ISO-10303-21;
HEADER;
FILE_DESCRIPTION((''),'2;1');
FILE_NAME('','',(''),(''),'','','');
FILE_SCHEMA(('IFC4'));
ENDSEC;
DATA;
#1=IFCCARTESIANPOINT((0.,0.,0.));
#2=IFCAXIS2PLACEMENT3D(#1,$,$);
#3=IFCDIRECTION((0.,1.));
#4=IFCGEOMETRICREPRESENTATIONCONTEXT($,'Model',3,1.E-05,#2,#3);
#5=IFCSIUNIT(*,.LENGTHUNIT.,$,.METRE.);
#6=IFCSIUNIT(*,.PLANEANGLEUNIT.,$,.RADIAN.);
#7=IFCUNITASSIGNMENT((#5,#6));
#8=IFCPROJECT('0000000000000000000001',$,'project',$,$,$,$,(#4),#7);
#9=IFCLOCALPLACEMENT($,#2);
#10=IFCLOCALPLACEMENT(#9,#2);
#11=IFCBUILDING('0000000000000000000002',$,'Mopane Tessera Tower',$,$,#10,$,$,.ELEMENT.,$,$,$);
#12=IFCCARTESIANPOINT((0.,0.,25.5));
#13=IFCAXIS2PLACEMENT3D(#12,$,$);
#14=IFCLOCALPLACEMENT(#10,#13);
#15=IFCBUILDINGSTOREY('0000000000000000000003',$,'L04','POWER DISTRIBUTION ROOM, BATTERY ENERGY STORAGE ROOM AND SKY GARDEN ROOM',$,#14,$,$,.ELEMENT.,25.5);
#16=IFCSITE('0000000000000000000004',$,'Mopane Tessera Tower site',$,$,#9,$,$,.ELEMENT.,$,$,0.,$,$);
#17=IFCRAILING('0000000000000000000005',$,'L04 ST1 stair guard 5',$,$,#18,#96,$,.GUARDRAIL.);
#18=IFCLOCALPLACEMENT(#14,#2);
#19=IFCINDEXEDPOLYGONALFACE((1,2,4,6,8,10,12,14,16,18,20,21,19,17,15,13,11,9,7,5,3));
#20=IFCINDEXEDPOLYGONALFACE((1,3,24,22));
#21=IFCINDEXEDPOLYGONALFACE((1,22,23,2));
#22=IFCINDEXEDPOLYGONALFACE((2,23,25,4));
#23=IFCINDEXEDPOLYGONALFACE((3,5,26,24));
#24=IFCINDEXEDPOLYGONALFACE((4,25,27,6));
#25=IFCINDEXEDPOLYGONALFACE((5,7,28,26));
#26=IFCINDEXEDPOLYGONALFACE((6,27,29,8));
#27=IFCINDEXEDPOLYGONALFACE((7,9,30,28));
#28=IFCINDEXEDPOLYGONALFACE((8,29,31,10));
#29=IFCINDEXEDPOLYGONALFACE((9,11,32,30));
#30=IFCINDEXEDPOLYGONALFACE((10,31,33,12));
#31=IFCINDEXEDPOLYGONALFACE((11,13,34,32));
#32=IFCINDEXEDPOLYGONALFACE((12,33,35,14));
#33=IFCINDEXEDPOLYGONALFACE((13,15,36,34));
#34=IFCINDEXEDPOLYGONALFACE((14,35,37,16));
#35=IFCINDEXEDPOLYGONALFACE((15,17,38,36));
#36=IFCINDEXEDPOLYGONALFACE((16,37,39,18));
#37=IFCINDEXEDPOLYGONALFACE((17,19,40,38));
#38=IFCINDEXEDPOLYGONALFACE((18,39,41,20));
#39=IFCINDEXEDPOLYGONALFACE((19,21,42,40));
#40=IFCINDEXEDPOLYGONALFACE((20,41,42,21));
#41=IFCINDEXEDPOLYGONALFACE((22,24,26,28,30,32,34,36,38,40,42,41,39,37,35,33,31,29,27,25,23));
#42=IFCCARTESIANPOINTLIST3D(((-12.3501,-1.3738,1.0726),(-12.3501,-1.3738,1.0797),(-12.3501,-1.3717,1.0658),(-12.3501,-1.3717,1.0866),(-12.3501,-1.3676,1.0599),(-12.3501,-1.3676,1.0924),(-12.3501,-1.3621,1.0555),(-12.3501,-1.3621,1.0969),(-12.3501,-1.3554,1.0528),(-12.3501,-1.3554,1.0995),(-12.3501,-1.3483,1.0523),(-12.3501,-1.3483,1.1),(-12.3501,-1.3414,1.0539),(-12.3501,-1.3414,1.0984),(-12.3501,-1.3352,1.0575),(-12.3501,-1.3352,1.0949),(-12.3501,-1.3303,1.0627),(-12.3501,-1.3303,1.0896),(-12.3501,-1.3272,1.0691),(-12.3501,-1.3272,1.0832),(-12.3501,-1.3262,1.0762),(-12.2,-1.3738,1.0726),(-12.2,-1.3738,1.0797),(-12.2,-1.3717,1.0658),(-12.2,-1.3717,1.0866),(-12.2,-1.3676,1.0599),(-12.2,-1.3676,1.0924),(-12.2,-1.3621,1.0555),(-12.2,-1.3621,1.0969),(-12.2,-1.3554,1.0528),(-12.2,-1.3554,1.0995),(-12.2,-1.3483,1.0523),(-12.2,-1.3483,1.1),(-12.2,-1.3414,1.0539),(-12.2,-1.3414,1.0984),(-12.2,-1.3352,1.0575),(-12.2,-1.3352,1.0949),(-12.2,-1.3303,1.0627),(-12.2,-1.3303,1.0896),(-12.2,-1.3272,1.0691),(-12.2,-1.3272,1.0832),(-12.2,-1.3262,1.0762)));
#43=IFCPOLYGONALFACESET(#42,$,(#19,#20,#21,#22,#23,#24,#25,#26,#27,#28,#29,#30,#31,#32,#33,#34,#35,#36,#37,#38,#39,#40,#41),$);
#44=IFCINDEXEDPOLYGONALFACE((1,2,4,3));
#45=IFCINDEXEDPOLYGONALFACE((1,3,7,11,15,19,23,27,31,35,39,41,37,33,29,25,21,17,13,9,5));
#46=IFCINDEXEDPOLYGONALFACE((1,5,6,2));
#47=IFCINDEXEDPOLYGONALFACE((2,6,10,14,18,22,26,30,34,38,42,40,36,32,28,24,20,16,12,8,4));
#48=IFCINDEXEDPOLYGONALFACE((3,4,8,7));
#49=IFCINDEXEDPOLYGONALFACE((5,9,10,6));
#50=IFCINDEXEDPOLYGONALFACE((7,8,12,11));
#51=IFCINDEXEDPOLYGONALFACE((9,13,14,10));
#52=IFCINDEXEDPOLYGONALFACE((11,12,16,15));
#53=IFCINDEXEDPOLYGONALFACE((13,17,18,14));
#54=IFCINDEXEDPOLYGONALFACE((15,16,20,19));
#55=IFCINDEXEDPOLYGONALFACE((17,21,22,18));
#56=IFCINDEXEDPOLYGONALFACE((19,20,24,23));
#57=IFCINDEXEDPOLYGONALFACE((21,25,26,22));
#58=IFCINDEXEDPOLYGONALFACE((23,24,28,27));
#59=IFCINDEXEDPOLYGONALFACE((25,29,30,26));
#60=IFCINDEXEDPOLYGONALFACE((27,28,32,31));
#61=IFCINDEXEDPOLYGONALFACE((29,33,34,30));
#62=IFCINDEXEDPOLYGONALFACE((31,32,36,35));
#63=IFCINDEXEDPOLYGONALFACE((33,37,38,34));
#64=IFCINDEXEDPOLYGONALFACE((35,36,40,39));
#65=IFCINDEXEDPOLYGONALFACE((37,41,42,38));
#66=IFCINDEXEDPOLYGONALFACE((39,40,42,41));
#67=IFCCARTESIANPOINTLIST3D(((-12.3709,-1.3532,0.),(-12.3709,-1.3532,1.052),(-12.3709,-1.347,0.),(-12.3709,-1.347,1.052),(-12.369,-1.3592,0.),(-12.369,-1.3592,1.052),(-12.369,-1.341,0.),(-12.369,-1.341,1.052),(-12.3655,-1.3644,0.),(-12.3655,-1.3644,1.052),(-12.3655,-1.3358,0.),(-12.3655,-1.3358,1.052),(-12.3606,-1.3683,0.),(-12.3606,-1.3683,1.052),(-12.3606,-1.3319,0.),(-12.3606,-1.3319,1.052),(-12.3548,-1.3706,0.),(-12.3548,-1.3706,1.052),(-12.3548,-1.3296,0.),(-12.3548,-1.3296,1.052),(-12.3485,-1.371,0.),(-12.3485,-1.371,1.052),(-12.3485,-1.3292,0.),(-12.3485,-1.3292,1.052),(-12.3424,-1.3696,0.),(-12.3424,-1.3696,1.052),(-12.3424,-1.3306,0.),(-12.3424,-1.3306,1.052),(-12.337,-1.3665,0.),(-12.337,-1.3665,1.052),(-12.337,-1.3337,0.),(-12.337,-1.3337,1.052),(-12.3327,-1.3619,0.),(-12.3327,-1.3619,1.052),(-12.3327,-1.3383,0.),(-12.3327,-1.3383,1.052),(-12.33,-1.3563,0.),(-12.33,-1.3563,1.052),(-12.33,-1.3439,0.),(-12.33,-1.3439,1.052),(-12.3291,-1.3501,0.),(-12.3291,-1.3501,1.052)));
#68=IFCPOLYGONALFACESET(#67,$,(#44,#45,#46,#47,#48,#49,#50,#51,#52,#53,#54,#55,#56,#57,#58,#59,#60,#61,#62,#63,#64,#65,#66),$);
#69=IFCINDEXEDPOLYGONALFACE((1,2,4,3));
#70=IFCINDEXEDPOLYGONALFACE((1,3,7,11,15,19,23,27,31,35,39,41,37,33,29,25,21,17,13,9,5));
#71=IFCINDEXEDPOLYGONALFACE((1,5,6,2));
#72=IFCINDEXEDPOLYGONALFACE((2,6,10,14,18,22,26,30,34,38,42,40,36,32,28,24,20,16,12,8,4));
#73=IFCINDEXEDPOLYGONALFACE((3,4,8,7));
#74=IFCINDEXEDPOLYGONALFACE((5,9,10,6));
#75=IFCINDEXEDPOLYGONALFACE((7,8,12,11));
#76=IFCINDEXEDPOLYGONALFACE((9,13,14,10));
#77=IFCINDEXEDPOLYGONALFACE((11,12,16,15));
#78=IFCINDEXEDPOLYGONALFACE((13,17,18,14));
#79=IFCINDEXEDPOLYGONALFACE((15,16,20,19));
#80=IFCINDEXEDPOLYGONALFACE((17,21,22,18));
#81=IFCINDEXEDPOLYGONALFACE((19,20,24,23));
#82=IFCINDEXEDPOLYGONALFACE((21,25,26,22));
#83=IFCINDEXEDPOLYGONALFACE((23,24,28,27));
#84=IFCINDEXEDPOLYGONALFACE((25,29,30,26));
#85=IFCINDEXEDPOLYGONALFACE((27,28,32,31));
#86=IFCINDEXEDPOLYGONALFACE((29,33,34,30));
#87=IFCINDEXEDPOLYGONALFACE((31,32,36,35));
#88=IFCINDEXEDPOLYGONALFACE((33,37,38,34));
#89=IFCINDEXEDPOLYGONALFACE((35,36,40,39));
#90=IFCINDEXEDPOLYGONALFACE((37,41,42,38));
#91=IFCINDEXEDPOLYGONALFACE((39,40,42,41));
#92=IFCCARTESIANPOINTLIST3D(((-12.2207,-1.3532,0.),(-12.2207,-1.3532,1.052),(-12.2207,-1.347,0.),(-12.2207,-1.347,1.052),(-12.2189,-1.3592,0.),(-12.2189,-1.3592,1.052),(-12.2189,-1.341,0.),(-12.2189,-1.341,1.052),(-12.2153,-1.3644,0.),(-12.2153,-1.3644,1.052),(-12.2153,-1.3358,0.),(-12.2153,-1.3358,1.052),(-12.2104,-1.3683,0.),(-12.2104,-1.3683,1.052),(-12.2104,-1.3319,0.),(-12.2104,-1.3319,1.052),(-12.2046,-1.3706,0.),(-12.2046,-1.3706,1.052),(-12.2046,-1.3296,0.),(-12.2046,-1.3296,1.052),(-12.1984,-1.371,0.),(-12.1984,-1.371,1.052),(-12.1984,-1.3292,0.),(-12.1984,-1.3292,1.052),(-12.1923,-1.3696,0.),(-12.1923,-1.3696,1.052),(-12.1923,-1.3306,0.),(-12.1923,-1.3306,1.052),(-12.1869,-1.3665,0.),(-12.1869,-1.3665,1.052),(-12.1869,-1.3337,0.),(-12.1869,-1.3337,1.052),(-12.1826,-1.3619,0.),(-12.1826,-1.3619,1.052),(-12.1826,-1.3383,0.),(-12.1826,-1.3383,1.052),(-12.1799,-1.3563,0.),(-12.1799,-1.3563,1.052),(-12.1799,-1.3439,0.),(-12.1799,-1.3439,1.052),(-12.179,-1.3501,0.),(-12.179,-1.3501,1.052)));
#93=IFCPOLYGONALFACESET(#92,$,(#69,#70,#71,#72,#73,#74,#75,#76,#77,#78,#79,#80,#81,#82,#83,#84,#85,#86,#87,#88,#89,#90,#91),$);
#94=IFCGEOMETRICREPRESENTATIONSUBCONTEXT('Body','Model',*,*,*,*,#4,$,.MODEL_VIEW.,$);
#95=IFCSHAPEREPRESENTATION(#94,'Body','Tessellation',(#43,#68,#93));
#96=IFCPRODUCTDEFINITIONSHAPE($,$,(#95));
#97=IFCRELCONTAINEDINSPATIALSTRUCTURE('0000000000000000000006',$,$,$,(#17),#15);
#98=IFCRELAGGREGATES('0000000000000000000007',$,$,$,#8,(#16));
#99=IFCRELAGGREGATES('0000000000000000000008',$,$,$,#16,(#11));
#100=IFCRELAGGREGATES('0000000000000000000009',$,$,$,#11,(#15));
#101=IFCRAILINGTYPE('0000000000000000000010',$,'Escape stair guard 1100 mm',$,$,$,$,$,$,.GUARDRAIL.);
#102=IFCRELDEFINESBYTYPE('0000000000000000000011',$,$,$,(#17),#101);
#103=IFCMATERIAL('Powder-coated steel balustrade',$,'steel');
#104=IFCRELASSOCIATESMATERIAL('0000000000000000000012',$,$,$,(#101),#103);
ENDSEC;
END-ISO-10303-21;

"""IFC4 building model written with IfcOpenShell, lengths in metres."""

from ifc_helpers import new_model, si_unit, direction, frame, origin, origin_2d, place, context, subcontext, project, spatial, circle, extrude, material, type_object, element, save


model = new_model("IFC4")

# Units and contexts
model_context = context("Model", 3, precision=1e-05, world=origin(), true_north=direction((0.0, 1.0)))
body_context = subcontext(model_context, "Body", "Model", "MODEL_VIEW")
ifc_project = project(units=[si_unit("LENGTHUNIT", "METRE"), si_unit("PLANEANGLEUNIT", "RADIAN")], contexts=[model_context])

# Site, building, storey
site_placement = place(None, origin())
site = spatial("IfcSite", under=ifc_project, at=site_placement, Name="Mopane Tessera Tower site", CompositionType="ELEMENT", RefElevation=0.0)
building_placement = place(site_placement, origin())
building = spatial("IfcBuilding", under=site, at=building_placement, Name="Mopane Tessera Tower", CompositionType="ELEMENT")
storey_placement = place(building_placement, frame((0.0, 0.0, 25.5)))
storey = spatial("IfcBuildingStorey", under=building, at=storey_placement, Name="L04", Description="POWER DISTRIBUTION ROOM, BATTERY ENERGY STORAGE ROOM AND SKY GARDEN ROOM", CompositionType="ELEMENT", Elevation=25.5)

# Railing
ifc_material_1 = material(Name="Powder-coated steel balustrade", Category="steel")
railing_type_1 = type_object("IfcRailingType", Name="Escape stair guard 1100 mm", PredefinedType="GUARDRAIL", material=ifc_material_1)
railing_1_placement = place(storey_placement, frame((-12.3501, -1.3501, 0.0)))
element("IfcRailing", 1, at=railing_1_placement, inside=storey, type_object=railing_type_1, Name="L04 ST1 stair guard 5", PredefinedType="GUARDRAIL", context=body_context, shape_type="SweptSolid", body=[
    extrude(circle(Radius=0.0239, at=origin_2d()), frame((0.0, 0.0, 1.0762), z_axis=(1.0, 0.0, 0.0), x_axis=(0.0, 1.0, 0.0)), (0.0, 0.0, 1.0), 0.1501),
    extrude(circle(Radius=0.021, at=origin_2d()), origin(), (0.0, 0.0, 1.0), 1.052),
    extrude(circle(Radius=0.021, at=origin_2d()), frame((0.1501, 0.0, 0.0)), (0.0, 0.0, 1.0), 1.052),
])

save(model, "model.ifc")
